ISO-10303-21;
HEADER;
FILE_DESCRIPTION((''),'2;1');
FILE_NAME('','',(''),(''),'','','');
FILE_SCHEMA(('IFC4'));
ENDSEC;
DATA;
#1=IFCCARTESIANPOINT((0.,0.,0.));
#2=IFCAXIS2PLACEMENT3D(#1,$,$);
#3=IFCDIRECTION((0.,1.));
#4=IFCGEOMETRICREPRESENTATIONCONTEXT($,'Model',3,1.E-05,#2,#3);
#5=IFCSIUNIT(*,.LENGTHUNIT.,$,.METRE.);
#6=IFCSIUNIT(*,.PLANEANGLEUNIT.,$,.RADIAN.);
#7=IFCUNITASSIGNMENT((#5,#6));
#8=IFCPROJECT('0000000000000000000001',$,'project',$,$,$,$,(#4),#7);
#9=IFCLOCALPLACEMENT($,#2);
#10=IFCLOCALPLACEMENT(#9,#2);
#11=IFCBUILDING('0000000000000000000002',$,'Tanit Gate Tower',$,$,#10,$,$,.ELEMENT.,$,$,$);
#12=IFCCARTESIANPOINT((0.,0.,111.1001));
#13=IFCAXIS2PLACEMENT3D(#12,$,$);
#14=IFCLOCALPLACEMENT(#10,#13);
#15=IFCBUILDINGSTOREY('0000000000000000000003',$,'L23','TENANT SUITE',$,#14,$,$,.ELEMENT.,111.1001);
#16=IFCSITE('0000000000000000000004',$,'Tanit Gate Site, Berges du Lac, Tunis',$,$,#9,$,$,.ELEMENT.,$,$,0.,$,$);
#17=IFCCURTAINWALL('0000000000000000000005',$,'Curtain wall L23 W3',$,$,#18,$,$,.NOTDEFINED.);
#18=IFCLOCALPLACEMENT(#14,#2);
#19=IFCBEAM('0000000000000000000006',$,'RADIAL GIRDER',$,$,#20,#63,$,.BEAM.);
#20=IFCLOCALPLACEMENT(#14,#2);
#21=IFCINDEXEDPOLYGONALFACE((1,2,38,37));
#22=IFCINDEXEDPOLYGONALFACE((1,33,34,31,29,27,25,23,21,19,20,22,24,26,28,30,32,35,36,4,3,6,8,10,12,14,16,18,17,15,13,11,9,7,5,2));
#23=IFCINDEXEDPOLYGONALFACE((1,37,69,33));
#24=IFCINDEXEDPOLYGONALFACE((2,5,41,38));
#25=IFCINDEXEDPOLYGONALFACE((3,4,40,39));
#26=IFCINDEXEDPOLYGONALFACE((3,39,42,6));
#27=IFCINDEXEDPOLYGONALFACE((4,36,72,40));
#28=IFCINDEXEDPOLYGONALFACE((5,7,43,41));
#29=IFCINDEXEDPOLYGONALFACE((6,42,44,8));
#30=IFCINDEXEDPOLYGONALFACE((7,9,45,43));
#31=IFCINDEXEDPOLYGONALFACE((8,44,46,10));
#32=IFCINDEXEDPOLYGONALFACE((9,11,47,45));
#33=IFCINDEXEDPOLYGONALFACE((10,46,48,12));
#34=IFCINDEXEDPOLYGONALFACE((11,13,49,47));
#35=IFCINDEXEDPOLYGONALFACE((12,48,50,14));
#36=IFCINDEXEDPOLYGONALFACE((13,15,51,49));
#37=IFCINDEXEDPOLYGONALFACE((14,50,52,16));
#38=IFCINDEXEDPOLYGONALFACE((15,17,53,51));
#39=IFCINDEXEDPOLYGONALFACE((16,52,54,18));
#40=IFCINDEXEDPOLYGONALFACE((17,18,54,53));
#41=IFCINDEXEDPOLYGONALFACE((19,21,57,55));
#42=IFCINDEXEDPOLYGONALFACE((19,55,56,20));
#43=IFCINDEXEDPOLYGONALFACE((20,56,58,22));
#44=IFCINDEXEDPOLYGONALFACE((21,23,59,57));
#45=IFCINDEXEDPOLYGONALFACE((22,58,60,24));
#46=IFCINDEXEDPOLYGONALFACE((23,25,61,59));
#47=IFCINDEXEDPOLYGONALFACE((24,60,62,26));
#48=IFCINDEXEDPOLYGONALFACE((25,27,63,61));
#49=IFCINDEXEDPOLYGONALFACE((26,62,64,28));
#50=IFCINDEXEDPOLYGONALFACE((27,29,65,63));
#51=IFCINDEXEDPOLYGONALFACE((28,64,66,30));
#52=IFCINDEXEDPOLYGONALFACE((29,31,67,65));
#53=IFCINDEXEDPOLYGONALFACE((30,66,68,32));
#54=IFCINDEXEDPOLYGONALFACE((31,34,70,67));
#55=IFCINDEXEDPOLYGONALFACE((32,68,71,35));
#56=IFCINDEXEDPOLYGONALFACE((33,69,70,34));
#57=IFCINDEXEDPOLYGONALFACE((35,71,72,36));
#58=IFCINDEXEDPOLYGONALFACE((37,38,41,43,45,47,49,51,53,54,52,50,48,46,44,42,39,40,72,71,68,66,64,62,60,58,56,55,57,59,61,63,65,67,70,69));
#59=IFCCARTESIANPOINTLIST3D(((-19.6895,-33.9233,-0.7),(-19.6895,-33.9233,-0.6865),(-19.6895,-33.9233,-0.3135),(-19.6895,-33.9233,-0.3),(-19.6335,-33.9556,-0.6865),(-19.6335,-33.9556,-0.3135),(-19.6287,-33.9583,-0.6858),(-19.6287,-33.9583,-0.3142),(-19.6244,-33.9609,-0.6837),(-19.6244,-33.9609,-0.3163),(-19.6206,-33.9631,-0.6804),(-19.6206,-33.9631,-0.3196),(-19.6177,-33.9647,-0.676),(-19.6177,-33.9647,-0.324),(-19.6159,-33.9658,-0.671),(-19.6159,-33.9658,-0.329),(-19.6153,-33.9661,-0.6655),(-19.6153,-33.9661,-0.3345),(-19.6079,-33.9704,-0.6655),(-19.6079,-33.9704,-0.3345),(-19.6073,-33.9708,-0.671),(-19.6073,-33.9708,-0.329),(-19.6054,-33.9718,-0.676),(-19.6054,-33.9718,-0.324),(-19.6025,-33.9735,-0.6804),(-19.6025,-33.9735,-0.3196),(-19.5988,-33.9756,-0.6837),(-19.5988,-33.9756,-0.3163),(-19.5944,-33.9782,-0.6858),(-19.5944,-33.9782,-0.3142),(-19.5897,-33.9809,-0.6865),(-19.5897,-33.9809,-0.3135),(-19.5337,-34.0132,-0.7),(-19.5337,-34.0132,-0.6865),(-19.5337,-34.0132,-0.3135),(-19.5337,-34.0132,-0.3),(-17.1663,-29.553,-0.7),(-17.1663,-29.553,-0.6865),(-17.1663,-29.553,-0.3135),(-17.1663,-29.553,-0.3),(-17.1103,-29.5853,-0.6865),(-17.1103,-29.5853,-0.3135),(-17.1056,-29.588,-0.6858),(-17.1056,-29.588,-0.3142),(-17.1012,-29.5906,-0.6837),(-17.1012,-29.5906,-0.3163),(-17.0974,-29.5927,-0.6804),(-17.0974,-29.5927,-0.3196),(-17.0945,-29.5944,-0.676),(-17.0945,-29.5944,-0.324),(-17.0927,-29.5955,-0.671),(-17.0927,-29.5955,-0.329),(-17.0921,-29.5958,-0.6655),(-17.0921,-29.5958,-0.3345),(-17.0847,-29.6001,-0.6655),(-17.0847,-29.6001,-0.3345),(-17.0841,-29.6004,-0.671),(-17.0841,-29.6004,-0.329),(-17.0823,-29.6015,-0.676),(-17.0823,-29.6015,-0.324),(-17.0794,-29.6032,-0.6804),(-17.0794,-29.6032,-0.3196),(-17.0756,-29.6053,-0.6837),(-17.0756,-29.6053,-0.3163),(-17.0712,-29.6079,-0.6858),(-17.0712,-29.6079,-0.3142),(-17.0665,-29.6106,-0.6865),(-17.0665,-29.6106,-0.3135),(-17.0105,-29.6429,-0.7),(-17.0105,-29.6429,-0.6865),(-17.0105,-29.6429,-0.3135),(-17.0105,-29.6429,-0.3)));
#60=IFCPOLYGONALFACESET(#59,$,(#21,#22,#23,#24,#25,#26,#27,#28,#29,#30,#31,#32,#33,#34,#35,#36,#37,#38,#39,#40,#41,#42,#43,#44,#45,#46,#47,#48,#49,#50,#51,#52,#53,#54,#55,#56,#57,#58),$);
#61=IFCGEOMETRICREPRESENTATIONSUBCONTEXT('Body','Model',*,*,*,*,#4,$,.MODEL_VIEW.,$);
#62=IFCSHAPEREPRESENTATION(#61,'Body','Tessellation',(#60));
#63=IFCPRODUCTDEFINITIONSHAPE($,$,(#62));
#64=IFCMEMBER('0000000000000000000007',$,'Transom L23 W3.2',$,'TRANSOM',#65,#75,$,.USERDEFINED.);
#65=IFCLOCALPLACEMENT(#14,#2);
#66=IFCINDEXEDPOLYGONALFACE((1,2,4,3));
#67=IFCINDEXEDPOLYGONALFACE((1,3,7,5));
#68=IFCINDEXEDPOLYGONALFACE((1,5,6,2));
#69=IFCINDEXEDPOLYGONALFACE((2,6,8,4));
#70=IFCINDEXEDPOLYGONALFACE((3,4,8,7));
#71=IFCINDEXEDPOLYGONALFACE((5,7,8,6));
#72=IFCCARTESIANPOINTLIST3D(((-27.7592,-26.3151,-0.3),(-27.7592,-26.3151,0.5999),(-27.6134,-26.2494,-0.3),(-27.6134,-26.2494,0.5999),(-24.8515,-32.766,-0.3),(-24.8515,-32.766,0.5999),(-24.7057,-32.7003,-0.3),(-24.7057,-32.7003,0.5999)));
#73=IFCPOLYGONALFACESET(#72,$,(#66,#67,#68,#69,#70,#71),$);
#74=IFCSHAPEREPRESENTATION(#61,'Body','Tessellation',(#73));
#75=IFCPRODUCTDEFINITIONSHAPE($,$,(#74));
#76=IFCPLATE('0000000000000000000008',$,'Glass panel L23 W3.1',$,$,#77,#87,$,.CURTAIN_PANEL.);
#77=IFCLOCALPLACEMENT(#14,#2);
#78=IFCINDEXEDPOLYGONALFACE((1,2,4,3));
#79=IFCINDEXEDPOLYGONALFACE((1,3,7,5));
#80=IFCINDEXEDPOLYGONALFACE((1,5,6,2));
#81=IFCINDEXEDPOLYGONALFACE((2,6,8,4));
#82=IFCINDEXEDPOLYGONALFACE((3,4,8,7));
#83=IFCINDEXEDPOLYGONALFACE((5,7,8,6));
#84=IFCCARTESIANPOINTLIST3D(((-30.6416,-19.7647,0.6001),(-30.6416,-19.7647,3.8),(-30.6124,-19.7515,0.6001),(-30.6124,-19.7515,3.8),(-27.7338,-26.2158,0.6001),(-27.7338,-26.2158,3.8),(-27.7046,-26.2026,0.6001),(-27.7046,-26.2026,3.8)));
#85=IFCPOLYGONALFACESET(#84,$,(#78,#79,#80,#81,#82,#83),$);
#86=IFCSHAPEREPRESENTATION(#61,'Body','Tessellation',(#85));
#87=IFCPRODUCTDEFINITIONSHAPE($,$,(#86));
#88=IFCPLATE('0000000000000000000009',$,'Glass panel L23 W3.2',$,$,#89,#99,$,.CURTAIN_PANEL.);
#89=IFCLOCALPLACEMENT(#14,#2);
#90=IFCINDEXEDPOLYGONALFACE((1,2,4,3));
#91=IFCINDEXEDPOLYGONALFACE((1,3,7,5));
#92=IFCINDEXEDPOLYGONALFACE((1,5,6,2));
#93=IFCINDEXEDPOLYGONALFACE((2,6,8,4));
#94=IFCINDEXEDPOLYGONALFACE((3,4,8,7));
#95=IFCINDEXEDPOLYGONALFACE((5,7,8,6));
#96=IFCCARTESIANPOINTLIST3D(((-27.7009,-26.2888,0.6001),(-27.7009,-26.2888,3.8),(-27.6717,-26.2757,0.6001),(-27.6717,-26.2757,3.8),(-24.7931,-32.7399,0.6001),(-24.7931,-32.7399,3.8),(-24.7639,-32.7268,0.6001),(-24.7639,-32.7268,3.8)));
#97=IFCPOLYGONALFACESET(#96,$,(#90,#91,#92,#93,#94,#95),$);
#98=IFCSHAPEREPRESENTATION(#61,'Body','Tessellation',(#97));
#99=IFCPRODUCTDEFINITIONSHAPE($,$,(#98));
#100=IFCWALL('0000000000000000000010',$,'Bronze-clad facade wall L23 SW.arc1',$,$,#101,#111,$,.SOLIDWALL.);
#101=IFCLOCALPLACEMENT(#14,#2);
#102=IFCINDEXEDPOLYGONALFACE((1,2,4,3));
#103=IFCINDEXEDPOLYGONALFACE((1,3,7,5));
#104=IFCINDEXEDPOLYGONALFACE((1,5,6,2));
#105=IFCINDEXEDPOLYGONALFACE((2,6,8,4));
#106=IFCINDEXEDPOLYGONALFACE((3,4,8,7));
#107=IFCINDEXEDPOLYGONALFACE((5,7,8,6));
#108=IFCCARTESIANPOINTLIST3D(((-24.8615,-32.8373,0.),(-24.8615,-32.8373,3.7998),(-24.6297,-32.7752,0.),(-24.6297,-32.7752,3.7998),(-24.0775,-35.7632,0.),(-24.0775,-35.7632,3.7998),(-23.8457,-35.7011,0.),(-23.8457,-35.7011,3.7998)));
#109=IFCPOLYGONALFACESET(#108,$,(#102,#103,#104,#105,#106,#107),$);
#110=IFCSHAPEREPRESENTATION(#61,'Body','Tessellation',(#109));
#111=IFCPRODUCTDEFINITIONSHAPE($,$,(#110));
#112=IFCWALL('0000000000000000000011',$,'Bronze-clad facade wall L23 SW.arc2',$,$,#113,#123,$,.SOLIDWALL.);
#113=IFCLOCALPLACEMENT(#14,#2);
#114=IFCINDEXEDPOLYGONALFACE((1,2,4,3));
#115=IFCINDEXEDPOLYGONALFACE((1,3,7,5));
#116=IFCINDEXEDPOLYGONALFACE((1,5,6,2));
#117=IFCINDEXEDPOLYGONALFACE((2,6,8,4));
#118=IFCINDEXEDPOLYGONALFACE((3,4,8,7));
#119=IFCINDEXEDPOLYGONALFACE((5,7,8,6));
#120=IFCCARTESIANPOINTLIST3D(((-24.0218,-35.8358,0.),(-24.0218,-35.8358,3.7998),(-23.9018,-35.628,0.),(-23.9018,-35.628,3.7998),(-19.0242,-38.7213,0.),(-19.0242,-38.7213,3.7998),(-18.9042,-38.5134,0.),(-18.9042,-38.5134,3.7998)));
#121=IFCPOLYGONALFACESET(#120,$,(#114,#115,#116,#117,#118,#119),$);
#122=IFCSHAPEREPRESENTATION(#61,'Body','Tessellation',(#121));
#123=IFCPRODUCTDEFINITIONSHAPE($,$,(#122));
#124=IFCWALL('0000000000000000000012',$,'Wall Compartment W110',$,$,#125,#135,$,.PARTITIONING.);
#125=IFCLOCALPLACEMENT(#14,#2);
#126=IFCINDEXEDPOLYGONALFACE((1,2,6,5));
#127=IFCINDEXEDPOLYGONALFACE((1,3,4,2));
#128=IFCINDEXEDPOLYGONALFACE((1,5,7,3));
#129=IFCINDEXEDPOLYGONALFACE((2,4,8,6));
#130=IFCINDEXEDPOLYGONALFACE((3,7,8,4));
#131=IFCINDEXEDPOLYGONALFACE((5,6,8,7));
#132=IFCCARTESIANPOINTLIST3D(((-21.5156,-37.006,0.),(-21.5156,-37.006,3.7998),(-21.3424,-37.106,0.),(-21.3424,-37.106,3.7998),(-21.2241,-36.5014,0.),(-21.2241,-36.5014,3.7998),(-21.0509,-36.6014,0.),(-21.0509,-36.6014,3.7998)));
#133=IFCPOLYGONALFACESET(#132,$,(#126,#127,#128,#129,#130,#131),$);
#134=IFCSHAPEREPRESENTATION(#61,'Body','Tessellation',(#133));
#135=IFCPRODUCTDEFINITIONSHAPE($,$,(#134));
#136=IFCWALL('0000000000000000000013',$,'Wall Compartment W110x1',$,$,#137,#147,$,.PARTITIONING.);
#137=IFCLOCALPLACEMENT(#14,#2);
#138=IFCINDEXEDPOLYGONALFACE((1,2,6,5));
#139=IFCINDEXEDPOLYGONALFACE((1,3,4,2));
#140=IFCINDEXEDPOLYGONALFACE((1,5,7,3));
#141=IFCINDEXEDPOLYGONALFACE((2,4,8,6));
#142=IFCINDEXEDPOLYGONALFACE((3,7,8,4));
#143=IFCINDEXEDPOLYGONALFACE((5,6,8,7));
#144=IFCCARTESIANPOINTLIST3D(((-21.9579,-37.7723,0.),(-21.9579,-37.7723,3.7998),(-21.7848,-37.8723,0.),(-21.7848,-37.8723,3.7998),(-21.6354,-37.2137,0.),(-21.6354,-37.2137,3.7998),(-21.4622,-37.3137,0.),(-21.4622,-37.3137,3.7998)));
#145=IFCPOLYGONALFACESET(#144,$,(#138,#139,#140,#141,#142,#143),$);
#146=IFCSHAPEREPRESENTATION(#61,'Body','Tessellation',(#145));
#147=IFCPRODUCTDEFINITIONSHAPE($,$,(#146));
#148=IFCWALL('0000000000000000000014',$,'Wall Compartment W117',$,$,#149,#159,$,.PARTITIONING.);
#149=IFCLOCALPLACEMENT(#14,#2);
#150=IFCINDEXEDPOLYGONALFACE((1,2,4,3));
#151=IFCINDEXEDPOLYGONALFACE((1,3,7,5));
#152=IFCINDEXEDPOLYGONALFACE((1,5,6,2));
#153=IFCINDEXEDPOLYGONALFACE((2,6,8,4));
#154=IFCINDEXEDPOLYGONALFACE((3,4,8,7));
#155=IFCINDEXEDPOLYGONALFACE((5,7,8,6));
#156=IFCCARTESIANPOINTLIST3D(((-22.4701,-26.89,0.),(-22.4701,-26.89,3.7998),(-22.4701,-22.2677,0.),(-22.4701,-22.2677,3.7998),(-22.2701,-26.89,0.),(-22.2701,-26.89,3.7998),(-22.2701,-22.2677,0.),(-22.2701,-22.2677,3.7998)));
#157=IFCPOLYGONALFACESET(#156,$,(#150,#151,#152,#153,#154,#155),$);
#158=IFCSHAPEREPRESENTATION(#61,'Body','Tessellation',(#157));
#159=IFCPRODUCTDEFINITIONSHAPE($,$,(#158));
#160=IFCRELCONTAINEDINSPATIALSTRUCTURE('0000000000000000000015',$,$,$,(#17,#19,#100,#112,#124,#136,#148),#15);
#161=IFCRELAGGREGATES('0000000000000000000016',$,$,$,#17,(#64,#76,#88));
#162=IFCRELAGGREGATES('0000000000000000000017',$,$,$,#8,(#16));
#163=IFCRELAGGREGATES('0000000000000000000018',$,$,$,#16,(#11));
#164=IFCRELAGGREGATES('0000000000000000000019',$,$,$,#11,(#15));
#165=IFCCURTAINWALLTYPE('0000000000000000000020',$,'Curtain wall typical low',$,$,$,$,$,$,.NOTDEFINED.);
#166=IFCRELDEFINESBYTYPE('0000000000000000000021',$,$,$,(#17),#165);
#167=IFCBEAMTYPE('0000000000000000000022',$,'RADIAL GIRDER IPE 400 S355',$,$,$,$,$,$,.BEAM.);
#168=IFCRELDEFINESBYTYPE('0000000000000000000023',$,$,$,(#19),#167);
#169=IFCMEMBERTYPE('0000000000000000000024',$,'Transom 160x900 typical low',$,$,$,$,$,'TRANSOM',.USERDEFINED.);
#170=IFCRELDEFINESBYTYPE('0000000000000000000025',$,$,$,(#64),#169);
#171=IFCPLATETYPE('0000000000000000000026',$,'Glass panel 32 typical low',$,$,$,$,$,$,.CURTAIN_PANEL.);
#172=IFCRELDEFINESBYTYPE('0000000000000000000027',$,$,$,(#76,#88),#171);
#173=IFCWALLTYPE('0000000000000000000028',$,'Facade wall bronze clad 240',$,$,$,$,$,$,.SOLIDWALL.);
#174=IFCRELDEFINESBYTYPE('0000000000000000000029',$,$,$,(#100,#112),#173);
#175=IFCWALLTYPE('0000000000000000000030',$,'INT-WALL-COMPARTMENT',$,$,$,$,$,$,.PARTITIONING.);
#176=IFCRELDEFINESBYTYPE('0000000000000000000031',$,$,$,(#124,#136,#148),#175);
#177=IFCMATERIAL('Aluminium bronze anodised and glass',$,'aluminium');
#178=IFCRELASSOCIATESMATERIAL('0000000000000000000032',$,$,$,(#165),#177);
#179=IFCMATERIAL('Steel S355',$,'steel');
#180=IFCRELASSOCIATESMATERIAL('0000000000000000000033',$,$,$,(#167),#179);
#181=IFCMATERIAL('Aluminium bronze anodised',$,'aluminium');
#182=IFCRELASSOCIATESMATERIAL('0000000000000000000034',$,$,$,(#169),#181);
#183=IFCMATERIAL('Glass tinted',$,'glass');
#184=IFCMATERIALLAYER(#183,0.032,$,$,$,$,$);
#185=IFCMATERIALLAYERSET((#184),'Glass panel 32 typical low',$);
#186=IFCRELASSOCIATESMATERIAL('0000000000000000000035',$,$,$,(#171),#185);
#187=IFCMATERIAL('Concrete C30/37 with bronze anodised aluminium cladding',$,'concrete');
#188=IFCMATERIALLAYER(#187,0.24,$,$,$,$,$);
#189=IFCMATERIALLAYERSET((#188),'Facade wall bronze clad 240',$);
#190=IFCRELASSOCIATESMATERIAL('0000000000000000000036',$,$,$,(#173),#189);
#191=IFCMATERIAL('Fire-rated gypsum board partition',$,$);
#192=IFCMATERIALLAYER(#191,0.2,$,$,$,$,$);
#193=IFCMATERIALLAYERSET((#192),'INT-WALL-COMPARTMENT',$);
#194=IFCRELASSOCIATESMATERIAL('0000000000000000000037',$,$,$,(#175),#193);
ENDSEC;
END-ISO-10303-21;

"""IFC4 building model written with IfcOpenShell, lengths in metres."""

from ifc_helpers import new_model, si_unit, direction, frame, frame_2d, origin, origin_2d, place, context, subcontext, project, spatial, rectangle, i_section, extrude, material, layer, layer_set, material_profile, profile_set, type_object, element, aggregate, save


model = new_model("IFC4")

# Units and contexts
model_context = context("Model", 3, precision=1e-05, world=origin(), true_north=direction((0.0, 1.0)))
body_context = subcontext(model_context, "Body", "Model", "MODEL_VIEW")
ifc_project = project(units=[si_unit("LENGTHUNIT", "METRE"), si_unit("PLANEANGLEUNIT", "RADIAN")], contexts=[model_context])

# Site, building, storey
site_placement = place(None, origin())
site = spatial("IfcSite", under=ifc_project, at=site_placement, Name="Tanit Gate Site, Berges du Lac, Tunis", CompositionType="ELEMENT", RefElevation=0.0)
building_placement = place(site_placement, origin())
building = spatial("IfcBuilding", under=site, at=building_placement, Name="Tanit Gate Tower", CompositionType="ELEMENT")
storey_placement = place(building_placement, frame((0.0, 0.0, 111.1001)))
storey = spatial("IfcBuildingStorey", under=building, at=storey_placement, Name="L23", Description="TENANT SUITE", CompositionType="ELEMENT", Elevation=111.1001)

# Curtain wall
ifc_material_1 = material(Name="Aluminium bronze anodised and glass", Category="aluminium")
curtain_wall_type = type_object("IfcCurtainWallType", Name="Curtain wall typical low", PredefinedType="NOTDEFINED", material=ifc_material_1)
curtain_wall_placement = place(storey_placement, origin())
curtain_wall = element("IfcCurtainWall", 1, at=curtain_wall_placement, inside=storey, type_object=curtain_wall_type, Name="Curtain wall L23 W3", PredefinedType="NOTDEFINED")

# Beam
ifc_material_2 = material(Name="Steel S355", Category="steel")
ifc_material_profile_1 = material_profile(ifc_material_2, i_section(OverallWidth=0.1799, OverallDepth=0.3999, WebThickness=0.0085, FlangeThickness=0.0134, FilletRadius=0.021, at=origin_2d()), Name="IPE 400")
ifc_profile_set_1 = profile_set([ifc_material_profile_1], Name="Steel S355")
beam_type_1 = type_object("IfcBeamType", Name="RADIAL GIRDER IPE 400 S355", PredefinedType="BEAM", material=ifc_profile_set_1)
beam_1_placement = place(storey_placement, frame((-19.6116, -33.9683, -0.5), z_axis=(0.499995, 0.866028, 0.0), x_axis=(-0.866028, 0.499995, 0.0)))
element("IfcBeam", 2, at=beam_1_placement, inside=storey, type_object=beam_type_1, Name="RADIAL GIRDER", PredefinedType="BEAM", context=body_context, shape_type="SweptSolid", body=[
    extrude(i_section(OverallWidth=0.1799, OverallDepth=0.3999, WebThickness=0.0085, FlangeThickness=0.0134, FilletRadius=0.021, at=origin_2d()), origin(), (0.0, 0.0, 1.0), 5.0464),
])

# Member
ifc_material_3 = material(Name="Aluminium bronze anodised", Category="aluminium")
ifc_material_profile_2 = material_profile(ifc_material_3, rectangle(XDim=0.1599, YDim=0.8999, at=origin_2d()), Name="160x900 bronze transom")
ifc_profile_set_2 = profile_set([ifc_material_profile_2], Name="Aluminium bronze anodised")
member_type_1 = type_object("IfcMemberType", Name="Transom 160x900 typical low", ElementType="TRANSOM", PredefinedType="USERDEFINED", material=ifc_profile_set_2)
member_1_placement = place(storey_placement, frame((-27.6863, -26.2822, 0.1499), z_axis=(0.410928, -0.911668, 0.0), x_axis=(0.911668, 0.410928, 0.0)))
member_1 = element("IfcMember", 3, at=member_1_placement, type_object=member_type_1, Name="Transom L23 W3.2", ObjectType="TRANSOM", PredefinedType="USERDEFINED", context=body_context, shape_type="SweptSolid", body=[
    extrude(rectangle(XDim=0.1599, YDim=0.8999, at=origin_2d()), origin(), (0.0, 0.0, 1.0), 7.0759),
])

# Plates
ifc_material_4 = material(Name="Glass tinted", Category="glass")
ifc_layer_1 = layer(ifc_material_4, 0.032)
ifc_layer_set_1 = layer_set([ifc_layer_1], Name="Glass panel 32 typical low")
plate_type = type_object("IfcPlateType", Name="Glass panel 32 typical low", PredefinedType="CURTAIN_PANEL", material=ifc_layer_set_1)
plate_1_placement = place(storey_placement, frame((-29.1731, -22.9836, 0.6001), z_axis=(0.0, 0.0, 1.0), x_axis=(0.410928, -0.911668, 0.0)))
plate_1 = element("IfcPlate", 4, at=plate_1_placement, type_object=plate_type, Name="Glass panel L23 W3.1", PredefinedType="CURTAIN_PANEL", context=body_context, shape_type="SweptSolid", body=[
    extrude(rectangle(XDim=7.0762, YDim=0.032, at=origin_2d()), origin(), (0.0, 0.0, 1.0), 3.2),
])
plate_2_placement = place(storey_placement, frame((-26.2324, -29.5078, 0.6001), z_axis=(0.0, 0.0, 1.0), x_axis=(0.410928, -0.911668, 0.0)))
plate_2 = element("IfcPlate", 5, at=plate_2_placement, type_object=plate_type, Name="Glass panel L23 W3.2", PredefinedType="CURTAIN_PANEL", context=body_context, shape_type="SweptSolid", body=[
    extrude(rectangle(XDim=7.0762, YDim=0.032, at=origin_2d()), origin(), (0.0, 0.0, 1.0), 3.2),
])
aggregate(curtain_wall, [member_1, plate_1, plate_2])

# Walls
ifc_material_5 = material(Name="Concrete C30/37 with bronze anodised aluminium cladding", Category="concrete")
ifc_layer_2 = layer(ifc_material_5, 0.24)
ifc_layer_set_2 = layer_set([ifc_layer_2], Name="Facade wall bronze clad 240")
wall_type_1 = type_object("IfcWallType", Name="Facade wall bronze clad 240", PredefinedType="SOLIDWALL", material=ifc_layer_set_2)
wall_1_placement = place(storey_placement, frame((-24.7456, -32.8062, 0.0), z_axis=(0.0, 0.0, 1.0), x_axis=(0.258811, -0.965928, 0.0)))
element("IfcWall", 6, at=wall_1_placement, inside=storey, type_object=wall_type_1, Name="Bronze-clad facade wall L23 SW.arc1", PredefinedType="SOLIDWALL", context=body_context, shape_type="SweptSolid", body=[
    extrude(rectangle(XDim=3.0291, YDim=0.24, at=frame_2d((1.5146, 0.0))), origin(), (0.0, 0.0, 1.0), 3.7998),
])
wall_2_placement = place(storey_placement, frame((-23.9617, -35.7319, 0.0), z_axis=(0.0, 0.0, 1.0), x_axis=(0.866014, -0.50002, 0.0)))
element("IfcWall", 7, at=wall_2_placement, inside=storey, type_object=wall_type_1, Name="Bronze-clad facade wall L23 SW.arc2", PredefinedType="SOLIDWALL", context=body_context, shape_type="SweptSolid", body=[
    extrude(rectangle(XDim=5.7708, YDim=0.24, at=frame_2d((2.8853, 0.0))), origin(), (0.0, 0.0, 1.0), 3.7998),
])
ifc_material_6 = material(Name="Fire-rated gypsum board partition")
ifc_layer_3 = layer(ifc_material_6, 0.2)
ifc_layer_set_3 = layer_set([ifc_layer_3], Name="INT-WALL-COMPARTMENT")
wall_type_2 = type_object("IfcWallType", Name="INT-WALL-COMPARTMENT", PredefinedType="PARTITIONING", material=ifc_layer_set_3)
wall_3_placement = place(storey_placement, frame((-21.1375, -36.5513, 0.0), z_axis=(0.0, 0.0, 1.0), x_axis=(-0.500194, -0.865913, 0.0)))
element("IfcWall", 8, at=wall_3_placement, inside=storey, type_object=wall_type_2, Name="Wall Compartment W110", PredefinedType="PARTITIONING", context=body_context, shape_type="SweptSolid", body=[
    extrude(rectangle(XDim=0.5828, YDim=0.2, at=frame_2d((0.2915, 0.0))), origin(), (0.0, 0.0, 1.0), 3.7998),
])
wall_4_placement = place(storey_placement, frame((-21.5488, -37.2637, 0.0), z_axis=(0.0, 0.0, 1.0), x_axis=(-0.500006, -0.866022, 0.0)))
element("IfcWall", 9, at=wall_4_placement, inside=storey, type_object=wall_type_2, Name="Wall Compartment W110x1", PredefinedType="PARTITIONING", context=body_context, shape_type="SweptSolid", body=[
    extrude(rectangle(XDim=0.645, YDim=0.2, at=frame_2d((0.3225, 0.0))), origin(), (0.0, 0.0, 1.0), 3.7998),
])
wall_5_placement = place(storey_placement, frame((-22.3701, -26.8899, 0.0), z_axis=(0.0, 0.0, 1.0), x_axis=(0.0, 1.0, 0.0)))
element("IfcWall", 10, at=wall_5_placement, inside=storey, type_object=wall_type_2, Name="Wall Compartment W117", PredefinedType="PARTITIONING", context=body_context, shape_type="SweptSolid", body=[
    extrude(rectangle(XDim=4.6223, YDim=0.2, at=frame_2d((2.311, 0.0))), origin(), (0.0, 0.0, 1.0), 3.7998),
])

save(model, "model.ifc")
